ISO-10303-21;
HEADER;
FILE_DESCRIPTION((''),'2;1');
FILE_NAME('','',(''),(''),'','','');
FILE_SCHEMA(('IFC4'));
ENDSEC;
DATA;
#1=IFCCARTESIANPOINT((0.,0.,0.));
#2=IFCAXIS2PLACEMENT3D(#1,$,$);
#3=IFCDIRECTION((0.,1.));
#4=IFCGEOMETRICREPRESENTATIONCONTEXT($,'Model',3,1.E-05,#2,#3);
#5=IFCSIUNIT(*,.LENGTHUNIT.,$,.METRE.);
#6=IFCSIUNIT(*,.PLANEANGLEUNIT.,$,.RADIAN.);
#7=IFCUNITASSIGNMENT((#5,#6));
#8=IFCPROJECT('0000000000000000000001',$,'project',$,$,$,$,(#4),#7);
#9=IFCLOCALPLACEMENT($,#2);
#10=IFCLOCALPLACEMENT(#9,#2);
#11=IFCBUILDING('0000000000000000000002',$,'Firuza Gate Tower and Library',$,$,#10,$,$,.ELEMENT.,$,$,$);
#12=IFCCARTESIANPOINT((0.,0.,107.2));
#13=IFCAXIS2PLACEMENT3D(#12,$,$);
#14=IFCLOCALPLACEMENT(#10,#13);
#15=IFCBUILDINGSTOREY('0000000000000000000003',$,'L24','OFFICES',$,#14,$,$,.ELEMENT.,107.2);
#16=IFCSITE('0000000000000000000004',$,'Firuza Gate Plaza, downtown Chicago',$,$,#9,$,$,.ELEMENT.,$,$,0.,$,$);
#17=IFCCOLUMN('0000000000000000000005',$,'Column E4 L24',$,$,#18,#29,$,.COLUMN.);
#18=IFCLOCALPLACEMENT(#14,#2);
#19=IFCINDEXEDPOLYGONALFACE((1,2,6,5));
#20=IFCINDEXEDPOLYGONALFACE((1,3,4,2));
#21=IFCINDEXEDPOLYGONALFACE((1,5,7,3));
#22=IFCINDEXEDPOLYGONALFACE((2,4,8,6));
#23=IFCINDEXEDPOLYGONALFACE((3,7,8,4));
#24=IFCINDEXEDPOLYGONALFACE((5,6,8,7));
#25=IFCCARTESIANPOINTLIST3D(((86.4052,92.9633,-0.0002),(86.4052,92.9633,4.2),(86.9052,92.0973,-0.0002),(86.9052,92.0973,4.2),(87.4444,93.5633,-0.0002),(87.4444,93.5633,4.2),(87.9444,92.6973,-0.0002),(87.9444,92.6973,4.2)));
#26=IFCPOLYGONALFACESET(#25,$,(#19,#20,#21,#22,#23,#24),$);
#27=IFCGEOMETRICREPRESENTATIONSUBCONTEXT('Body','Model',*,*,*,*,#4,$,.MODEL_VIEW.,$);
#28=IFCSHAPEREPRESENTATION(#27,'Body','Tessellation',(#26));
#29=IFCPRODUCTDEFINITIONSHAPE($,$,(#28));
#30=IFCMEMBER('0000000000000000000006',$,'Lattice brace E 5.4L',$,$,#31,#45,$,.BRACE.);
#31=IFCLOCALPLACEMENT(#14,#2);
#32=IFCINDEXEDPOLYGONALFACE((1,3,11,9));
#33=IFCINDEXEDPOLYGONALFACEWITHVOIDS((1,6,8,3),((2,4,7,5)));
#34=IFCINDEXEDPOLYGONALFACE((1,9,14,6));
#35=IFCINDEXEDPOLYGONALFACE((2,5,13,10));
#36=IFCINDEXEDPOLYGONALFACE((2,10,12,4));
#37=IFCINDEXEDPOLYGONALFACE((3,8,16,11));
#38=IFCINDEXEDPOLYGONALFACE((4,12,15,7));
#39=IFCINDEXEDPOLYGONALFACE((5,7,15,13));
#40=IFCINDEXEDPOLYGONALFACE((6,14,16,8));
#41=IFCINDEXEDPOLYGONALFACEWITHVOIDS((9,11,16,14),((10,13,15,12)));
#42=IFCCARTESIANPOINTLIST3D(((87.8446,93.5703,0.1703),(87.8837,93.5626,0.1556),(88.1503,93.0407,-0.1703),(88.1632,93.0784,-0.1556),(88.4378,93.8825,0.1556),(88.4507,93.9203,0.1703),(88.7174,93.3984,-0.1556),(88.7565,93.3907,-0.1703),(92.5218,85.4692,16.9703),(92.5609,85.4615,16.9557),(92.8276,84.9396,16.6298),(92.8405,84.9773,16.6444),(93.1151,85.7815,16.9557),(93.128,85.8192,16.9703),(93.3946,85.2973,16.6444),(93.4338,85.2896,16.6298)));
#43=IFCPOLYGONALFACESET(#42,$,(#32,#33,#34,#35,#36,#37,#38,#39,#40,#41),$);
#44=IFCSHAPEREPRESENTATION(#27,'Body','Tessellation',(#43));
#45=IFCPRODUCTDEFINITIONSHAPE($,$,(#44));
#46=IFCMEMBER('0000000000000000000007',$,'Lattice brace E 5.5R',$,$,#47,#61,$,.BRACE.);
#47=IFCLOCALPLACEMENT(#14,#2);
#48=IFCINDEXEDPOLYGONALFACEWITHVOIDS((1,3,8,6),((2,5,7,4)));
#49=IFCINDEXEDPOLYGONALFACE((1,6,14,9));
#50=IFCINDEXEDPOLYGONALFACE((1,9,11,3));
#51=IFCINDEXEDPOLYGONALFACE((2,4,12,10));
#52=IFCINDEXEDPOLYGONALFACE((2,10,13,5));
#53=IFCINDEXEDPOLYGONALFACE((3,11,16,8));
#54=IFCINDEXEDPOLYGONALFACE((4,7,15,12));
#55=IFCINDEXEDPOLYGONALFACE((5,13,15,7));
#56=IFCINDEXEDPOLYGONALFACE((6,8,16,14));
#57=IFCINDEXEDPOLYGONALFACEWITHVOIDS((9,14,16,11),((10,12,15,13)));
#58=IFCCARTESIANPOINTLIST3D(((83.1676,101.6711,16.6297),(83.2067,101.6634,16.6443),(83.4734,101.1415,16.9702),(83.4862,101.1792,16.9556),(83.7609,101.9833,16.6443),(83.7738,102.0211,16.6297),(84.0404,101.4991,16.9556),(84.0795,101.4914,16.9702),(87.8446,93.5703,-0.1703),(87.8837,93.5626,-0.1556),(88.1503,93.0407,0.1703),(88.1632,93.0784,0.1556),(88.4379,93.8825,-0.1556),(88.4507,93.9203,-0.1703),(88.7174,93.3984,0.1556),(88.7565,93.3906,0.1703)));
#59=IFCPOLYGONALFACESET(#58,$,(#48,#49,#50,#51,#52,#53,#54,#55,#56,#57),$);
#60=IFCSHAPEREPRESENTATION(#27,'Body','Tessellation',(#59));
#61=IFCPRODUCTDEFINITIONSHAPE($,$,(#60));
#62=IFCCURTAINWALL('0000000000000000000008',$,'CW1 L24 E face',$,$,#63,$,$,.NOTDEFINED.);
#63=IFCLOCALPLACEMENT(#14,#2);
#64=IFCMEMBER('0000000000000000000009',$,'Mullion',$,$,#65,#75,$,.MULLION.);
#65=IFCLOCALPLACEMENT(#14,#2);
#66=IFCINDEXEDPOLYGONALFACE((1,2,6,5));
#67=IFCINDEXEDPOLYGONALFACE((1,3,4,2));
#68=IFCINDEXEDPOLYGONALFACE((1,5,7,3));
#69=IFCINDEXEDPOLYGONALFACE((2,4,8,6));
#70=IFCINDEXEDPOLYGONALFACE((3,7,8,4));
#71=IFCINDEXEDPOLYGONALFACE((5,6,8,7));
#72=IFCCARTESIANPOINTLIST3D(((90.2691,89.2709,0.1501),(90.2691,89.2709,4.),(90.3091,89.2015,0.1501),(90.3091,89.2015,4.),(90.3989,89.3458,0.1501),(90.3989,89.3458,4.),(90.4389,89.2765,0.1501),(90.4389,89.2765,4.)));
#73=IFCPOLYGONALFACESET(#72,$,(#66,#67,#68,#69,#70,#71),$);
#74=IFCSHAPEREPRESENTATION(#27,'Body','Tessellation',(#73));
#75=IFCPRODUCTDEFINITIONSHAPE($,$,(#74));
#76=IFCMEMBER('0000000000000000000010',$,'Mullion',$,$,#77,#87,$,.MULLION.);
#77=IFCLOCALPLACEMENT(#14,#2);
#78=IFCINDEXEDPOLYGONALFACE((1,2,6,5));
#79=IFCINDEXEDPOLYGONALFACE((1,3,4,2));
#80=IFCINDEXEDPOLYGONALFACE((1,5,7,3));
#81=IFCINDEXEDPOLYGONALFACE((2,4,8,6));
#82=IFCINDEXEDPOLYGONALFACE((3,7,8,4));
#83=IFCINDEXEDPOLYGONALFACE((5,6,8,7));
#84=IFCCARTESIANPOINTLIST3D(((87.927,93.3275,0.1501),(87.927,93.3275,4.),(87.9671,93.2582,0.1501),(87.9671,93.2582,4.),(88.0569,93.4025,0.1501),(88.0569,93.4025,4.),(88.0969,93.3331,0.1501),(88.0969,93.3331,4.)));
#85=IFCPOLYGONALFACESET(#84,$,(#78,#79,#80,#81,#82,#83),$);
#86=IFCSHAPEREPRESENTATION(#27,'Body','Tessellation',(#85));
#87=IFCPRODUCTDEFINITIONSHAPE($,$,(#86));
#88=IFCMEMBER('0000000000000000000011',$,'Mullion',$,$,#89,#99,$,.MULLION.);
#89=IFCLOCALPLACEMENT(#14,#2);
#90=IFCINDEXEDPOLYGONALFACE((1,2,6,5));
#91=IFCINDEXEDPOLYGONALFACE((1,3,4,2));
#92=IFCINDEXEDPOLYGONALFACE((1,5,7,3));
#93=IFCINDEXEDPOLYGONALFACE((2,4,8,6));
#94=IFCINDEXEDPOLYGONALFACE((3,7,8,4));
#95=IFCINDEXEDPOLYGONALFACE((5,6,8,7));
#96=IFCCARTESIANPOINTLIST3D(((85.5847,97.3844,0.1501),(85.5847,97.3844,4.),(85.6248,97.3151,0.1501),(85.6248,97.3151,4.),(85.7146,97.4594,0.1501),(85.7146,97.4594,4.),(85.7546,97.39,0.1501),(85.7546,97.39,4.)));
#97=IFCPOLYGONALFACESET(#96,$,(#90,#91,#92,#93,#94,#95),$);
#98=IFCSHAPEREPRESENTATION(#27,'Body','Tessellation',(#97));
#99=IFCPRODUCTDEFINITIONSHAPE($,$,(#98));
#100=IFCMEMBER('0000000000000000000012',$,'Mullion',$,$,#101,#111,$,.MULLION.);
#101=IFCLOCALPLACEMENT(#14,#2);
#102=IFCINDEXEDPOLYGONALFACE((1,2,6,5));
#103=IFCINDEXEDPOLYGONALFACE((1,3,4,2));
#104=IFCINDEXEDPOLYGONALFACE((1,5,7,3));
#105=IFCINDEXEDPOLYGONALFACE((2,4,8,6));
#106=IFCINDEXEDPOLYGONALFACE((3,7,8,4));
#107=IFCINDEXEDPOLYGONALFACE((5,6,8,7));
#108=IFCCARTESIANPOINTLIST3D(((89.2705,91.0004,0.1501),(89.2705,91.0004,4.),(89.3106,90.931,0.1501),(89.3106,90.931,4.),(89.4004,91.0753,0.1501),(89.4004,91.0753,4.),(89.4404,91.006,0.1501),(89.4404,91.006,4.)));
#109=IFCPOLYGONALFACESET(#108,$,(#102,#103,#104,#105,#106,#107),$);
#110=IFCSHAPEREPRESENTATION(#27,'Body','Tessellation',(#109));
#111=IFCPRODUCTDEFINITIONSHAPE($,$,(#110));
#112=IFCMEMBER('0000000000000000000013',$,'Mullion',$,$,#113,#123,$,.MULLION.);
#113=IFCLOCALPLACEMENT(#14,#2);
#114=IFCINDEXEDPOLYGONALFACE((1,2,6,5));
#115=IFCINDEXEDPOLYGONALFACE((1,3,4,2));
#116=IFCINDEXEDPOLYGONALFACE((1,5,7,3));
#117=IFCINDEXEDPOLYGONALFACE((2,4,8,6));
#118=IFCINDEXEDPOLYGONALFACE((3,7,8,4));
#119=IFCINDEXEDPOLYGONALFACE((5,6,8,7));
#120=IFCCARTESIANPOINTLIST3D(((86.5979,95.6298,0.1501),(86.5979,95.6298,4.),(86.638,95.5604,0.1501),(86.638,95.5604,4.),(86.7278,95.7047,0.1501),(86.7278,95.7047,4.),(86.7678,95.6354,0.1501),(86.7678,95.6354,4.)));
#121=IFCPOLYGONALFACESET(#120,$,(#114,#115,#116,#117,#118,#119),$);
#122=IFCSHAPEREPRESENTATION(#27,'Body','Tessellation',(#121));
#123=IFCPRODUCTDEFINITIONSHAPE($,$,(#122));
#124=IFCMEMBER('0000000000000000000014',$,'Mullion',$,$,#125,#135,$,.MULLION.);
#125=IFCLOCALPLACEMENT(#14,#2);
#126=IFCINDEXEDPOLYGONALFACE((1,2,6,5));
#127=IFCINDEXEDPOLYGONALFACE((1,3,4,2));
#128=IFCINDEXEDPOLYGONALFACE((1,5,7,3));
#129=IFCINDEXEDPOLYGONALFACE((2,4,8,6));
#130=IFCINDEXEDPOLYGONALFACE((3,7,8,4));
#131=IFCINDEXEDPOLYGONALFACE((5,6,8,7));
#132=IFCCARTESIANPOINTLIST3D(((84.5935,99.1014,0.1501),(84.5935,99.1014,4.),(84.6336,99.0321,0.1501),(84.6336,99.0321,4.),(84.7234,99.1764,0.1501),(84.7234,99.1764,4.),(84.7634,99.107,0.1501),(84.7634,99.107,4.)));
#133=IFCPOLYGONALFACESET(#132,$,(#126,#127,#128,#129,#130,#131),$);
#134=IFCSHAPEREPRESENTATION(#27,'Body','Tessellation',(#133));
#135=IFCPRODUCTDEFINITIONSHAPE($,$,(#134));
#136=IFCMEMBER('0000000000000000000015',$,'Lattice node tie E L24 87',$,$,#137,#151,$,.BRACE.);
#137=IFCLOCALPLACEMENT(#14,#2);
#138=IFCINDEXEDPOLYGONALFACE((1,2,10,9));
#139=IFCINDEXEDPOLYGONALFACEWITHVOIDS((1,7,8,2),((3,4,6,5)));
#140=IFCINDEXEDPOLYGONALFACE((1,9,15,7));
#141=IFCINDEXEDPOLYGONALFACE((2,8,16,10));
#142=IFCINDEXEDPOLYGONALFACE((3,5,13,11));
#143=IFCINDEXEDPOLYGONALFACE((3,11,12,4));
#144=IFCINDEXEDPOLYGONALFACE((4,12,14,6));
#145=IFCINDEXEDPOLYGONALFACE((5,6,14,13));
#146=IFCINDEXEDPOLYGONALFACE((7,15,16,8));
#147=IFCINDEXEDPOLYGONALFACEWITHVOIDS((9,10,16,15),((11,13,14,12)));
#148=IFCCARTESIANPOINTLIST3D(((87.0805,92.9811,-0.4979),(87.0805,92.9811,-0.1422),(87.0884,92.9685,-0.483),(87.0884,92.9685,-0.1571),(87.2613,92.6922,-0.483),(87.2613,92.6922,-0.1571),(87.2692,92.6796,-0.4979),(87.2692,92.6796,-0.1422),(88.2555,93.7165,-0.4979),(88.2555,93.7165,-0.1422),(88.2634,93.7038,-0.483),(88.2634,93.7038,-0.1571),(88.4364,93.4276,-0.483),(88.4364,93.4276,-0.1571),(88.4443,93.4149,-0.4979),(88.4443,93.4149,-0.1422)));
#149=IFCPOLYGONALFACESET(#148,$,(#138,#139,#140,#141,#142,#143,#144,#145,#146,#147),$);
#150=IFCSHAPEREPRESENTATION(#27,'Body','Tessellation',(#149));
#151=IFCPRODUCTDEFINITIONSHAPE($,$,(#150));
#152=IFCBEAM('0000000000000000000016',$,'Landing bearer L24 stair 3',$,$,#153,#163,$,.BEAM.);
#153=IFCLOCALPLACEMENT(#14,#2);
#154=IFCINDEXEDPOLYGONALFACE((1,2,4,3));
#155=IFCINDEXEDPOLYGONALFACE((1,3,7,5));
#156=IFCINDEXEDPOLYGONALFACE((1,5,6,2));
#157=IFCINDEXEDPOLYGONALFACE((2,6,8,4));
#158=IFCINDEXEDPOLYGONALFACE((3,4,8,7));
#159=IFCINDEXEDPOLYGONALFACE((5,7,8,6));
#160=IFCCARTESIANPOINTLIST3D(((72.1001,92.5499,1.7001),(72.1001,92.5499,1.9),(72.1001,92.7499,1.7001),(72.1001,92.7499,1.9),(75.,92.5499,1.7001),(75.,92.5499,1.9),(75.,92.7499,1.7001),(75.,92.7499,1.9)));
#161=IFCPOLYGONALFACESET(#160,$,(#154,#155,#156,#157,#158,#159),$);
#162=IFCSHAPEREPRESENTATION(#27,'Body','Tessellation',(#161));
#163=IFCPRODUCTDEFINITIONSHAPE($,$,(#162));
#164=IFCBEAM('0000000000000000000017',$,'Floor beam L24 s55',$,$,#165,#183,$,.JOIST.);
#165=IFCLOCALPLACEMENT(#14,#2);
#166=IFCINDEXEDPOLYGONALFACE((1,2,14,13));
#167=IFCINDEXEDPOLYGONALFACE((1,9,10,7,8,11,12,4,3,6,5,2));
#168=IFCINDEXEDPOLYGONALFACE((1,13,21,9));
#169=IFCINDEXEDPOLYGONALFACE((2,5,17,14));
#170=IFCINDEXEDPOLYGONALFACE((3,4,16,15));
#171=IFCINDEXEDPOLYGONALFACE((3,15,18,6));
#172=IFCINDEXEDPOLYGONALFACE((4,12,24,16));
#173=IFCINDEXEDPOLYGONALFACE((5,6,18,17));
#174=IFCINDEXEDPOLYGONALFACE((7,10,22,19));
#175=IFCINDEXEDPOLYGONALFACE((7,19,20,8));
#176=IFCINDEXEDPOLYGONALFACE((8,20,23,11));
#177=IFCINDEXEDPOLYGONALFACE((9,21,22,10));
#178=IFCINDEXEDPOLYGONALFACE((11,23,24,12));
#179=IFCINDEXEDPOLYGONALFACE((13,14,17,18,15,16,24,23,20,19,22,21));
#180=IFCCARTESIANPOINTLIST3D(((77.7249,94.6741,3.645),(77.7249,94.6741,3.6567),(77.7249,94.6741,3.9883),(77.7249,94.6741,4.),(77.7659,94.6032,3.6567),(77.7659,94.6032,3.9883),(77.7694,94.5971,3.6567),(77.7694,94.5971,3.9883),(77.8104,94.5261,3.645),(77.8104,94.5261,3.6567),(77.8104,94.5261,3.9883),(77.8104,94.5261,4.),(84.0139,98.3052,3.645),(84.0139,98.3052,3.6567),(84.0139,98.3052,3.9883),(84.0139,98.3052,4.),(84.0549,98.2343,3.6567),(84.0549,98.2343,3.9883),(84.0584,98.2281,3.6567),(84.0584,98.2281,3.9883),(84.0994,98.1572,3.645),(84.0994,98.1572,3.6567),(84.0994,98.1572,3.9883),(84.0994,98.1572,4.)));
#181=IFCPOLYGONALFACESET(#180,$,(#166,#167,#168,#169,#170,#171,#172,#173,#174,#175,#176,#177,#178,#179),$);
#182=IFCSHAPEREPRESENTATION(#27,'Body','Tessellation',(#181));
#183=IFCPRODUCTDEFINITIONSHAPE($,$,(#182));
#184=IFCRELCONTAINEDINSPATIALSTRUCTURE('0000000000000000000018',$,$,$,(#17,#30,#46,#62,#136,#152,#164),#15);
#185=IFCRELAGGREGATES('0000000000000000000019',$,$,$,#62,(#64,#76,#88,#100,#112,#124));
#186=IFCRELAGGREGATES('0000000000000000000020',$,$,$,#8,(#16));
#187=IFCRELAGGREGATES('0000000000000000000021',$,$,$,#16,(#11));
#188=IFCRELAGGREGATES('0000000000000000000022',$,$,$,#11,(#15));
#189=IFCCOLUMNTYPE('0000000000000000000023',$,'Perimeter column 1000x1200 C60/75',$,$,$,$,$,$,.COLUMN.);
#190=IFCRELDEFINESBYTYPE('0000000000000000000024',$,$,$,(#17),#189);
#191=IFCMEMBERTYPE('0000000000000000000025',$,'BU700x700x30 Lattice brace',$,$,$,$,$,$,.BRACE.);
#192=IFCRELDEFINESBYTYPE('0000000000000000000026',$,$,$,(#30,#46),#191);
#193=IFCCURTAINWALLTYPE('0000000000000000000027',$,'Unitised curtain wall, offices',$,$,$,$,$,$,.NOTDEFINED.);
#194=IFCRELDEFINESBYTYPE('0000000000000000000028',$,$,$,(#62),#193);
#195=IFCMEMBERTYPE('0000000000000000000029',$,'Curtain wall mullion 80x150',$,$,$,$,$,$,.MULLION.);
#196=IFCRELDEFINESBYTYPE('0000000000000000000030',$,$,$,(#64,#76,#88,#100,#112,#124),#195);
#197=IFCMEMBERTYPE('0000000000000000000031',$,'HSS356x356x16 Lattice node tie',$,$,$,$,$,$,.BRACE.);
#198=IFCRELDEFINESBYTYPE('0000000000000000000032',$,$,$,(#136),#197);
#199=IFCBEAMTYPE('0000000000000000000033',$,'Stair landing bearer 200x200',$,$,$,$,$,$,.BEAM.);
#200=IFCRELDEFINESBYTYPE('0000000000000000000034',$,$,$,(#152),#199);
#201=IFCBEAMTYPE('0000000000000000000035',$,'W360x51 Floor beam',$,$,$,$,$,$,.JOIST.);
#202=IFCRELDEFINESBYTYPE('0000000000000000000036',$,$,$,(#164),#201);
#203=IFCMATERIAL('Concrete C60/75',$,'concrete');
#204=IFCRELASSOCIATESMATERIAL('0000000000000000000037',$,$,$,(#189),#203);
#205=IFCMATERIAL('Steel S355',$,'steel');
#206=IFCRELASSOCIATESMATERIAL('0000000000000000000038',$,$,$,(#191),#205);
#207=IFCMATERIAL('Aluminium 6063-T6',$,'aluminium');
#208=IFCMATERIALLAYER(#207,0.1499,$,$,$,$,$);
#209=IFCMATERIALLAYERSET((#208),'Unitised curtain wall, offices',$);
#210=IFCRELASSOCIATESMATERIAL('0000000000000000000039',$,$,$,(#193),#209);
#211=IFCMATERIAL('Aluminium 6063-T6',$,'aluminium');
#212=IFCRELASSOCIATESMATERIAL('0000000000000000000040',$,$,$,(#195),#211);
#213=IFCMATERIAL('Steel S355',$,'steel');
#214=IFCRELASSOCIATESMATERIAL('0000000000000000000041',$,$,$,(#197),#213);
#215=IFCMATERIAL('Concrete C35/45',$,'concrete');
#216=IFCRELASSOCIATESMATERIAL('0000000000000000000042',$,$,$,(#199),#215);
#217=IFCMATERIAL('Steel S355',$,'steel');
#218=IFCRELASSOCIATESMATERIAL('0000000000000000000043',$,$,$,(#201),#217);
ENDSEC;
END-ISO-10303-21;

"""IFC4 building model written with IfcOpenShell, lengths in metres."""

from ifc_helpers import new_model, si_unit, direction, frame, origin, origin_2d, place, context, subcontext, project, spatial, rectangle, hollow_rectangle, i_section, extrude, material, layer, layer_set, material_profile, profile_set, type_object, element, aggregate, save


model = new_model("IFC4")

# Units and contexts
model_context = context("Model", 3, precision=1e-05, world=origin(), true_north=direction((0.0, 1.0)))
body_context = subcontext(model_context, "Body", "Model", "MODEL_VIEW")
ifc_project = project(units=[si_unit("LENGTHUNIT", "METRE"), si_unit("PLANEANGLEUNIT", "RADIAN")], contexts=[model_context])

# Site, building, storey
site_placement = place(None, origin())
site = spatial("IfcSite", under=ifc_project, at=site_placement, Name="Firuza Gate Plaza, downtown Chicago", CompositionType="ELEMENT", RefElevation=0.0)
building_placement = place(site_placement, origin())
building = spatial("IfcBuilding", under=site, at=building_placement, Name="Firuza Gate Tower and Library", CompositionType="ELEMENT")
storey_placement = place(building_placement, frame((0.0, 0.0, 107.2)))
storey = spatial("IfcBuildingStorey", under=building, at=storey_placement, Name="L24", Description="OFFICES", CompositionType="ELEMENT", Elevation=107.2)

# Column
ifc_material_1 = material(Name="Concrete C60/75", Category="concrete")
ifc_material_profile_1 = material_profile(ifc_material_1, rectangle(XDim=1.0, YDim=1.2, at=origin_2d()))
ifc_profile_set_1 = profile_set([ifc_material_profile_1], Name="Concrete C60/75")
column_type = type_object("IfcColumnType", Name="Perimeter column 1000x1200 C60/75", PredefinedType="COLUMN", material=ifc_profile_set_1)
column_placement = place(storey_placement, frame((87.1748, 92.8303, -0.0002), z_axis=(0.0, 0.0, 1.0), x_axis=(-0.5, 0.866025, 0.0)))
element("IfcColumn", 1, at=column_placement, inside=storey, type_object=column_type, Name="Column E4 L24", PredefinedType="COLUMN", context=body_context, shape_type="SweptSolid", body=[
    extrude(rectangle(XDim=1.0, YDim=1.2, at=origin_2d()), origin(), (0.0, 0.0, 1.0), 4.2002),
])

# Members
ifc_material_2 = material(Name="Steel S355", Category="steel")
ifc_material_profile_2 = material_profile(ifc_material_2, hollow_rectangle(XDim=0.7, YDim=0.7, WallThickness=0.03, at=origin_2d()))
ifc_profile_set_2 = profile_set([ifc_material_profile_2], Name="Steel S355")
member_type_1 = type_object("IfcMemberType", Name="BU700x700x30 Lattice brace", PredefinedType="BRACE", material=ifc_profile_set_2)
member_1_placement = place(storey_placement, frame((88.3005, 93.4805, 0.0), z_axis=(0.243242, -0.4213, 0.873693), x_axis=(0.866021, 0.500007, 0.0)))
element("IfcMember", 2, at=member_1_placement, inside=storey, type_object=member_type_1, Name="Lattice brace E 5.4L", PredefinedType="BRACE", context=body_context, shape_type="SweptSolid", body=[
    extrude(hollow_rectangle(XDim=0.7, YDim=0.7, WallThickness=0.03, at=origin_2d()), origin(), (0.0, 0.0, 1.0), 19.2288),
])
member_2_placement = place(storey_placement, frame((88.3005, 93.4805, 0.0), z_axis=(-0.243231, 0.42129, 0.873701), x_axis=(-0.866026, -0.499999, 0.0)))
element("IfcMember", 3, at=member_2_placement, inside=storey, type_object=member_type_1, Name="Lattice brace E 5.5R", PredefinedType="BRACE", context=body_context, shape_type="SweptSolid", body=[
    extrude(hollow_rectangle(XDim=0.7, YDim=0.7, WallThickness=0.03, at=origin_2d()), origin(), (0.0, 0.0, 1.0), 19.2285),
])

# Curtain wall, members
ifc_material_3 = material(Name="Aluminium 6063-T6", Category="aluminium")
ifc_layer_1 = layer(ifc_material_3, 0.1499)
ifc_layer_set_1 = layer_set([ifc_layer_1], Name="Unitised curtain wall, offices")
curtain_wall_type = type_object("IfcCurtainWallType", Name="Unitised curtain wall, offices", PredefinedType="NOTDEFINED", material=ifc_layer_set_1)
curtain_wall_placement = place(storey_placement, origin())
curtain_wall = element("IfcCurtainWall", 4, at=curtain_wall_placement, inside=storey, type_object=curtain_wall_type, Name="CW1 L24 E face", PredefinedType="NOTDEFINED")
ifc_material_4 = material(Name="Aluminium 6063-T6", Category="aluminium")
ifc_material_profile_3 = material_profile(ifc_material_4, rectangle(XDim=0.1499, YDim=0.0801, at=origin_2d()))
ifc_profile_set_3 = profile_set([ifc_material_profile_3], Name="Aluminium 6063-T6")
member_type_2 = type_object("IfcMemberType", Name="Curtain wall mullion 80x150", PredefinedType="MULLION", material=ifc_profile_set_3)
member_3_placement = place(storey_placement, frame((90.354, 89.2737, 0.1501), z_axis=(0.0, 0.0, 1.0), x_axis=(-0.866025, -0.5, 0.0)))
member_3 = element("IfcMember", 5, at=member_3_placement, type_object=member_type_2, Name="Mullion", PredefinedType="MULLION", context=body_context, shape_type="SweptSolid", body=[
    extrude(rectangle(XDim=0.1499, YDim=0.0801, at=origin_2d()), origin(), (0.0, 0.0, 1.0), 3.8499),
])
member_4_placement = place(storey_placement, frame((88.012, 93.3303, 0.1501), z_axis=(0.0, 0.0, 1.0), x_axis=(-0.866025, -0.5, 0.0)))
member_4 = element("IfcMember", 6, at=member_4_placement, type_object=member_type_2, Name="Mullion", PredefinedType="MULLION", context=body_context, shape_type="SweptSolid", body=[
    extrude(rectangle(XDim=0.1499, YDim=0.0801, at=origin_2d()), origin(), (0.0, 0.0, 1.0), 3.8499),
])
member_5_placement = place(storey_placement, frame((85.6697, 97.3872, 0.1501), z_axis=(0.0, 0.0, 1.0), x_axis=(-0.866025, -0.5, 0.0)))
member_5 = element("IfcMember", 7, at=member_5_placement, type_object=member_type_2, Name="Mullion", PredefinedType="MULLION", context=body_context, shape_type="SweptSolid", body=[
    extrude(rectangle(XDim=0.1499, YDim=0.0801, at=origin_2d()), origin(), (0.0, 0.0, 1.0), 3.8499),
])
member_6_placement = place(storey_placement, frame((89.3555, 91.0032, 0.1501), z_axis=(0.0, 0.0, 1.0), x_axis=(-0.866025, -0.5, 0.0)))
member_6 = element("IfcMember", 8, at=member_6_placement, type_object=member_type_2, Name="Mullion", PredefinedType="MULLION", context=body_context, shape_type="SweptSolid", body=[
    extrude(rectangle(XDim=0.1499, YDim=0.0801, at=origin_2d()), origin(), (0.0, 0.0, 1.0), 3.8499),
])
member_7_placement = place(storey_placement, frame((86.6829, 95.6326, 0.1501), z_axis=(0.0, 0.0, 1.0), x_axis=(-0.866025, -0.5, 0.0)))
member_7 = element("IfcMember", 9, at=member_7_placement, type_object=member_type_2, Name="Mullion", PredefinedType="MULLION", context=body_context, shape_type="SweptSolid", body=[
    extrude(rectangle(XDim=0.1499, YDim=0.0801, at=origin_2d()), origin(), (0.0, 0.0, 1.0), 3.8499),
])
member_8_placement = place(storey_placement, frame((84.6785, 99.1042, 0.1501), z_axis=(0.0, 0.0, 1.0), x_axis=(-0.866025, -0.5, 0.0)))
member_8 = element("IfcMember", 10, at=member_8_placement, type_object=member_type_2, Name="Mullion", PredefinedType="MULLION", context=body_context, shape_type="SweptSolid", body=[
    extrude(rectangle(XDim=0.1499, YDim=0.0801, at=origin_2d()), origin(), (0.0, 0.0, 1.0), 3.8499),
])

# Member
ifc_material_5 = material(Name="Steel S355", Category="steel")
ifc_material_profile_4 = material_profile(ifc_material_5, hollow_rectangle(XDim=0.3557, YDim=0.3557, WallThickness=0.0149, at=origin_2d()))
ifc_profile_set_4 = profile_set([ifc_material_profile_4], Name="Steel S355")
member_type_3 = type_object("IfcMemberType", Name="HSS356x356x16 Lattice node tie", PredefinedType="BRACE", material=ifc_profile_set_4)
member_9_placement = place(storey_placement, frame((87.1748, 92.8303, -0.3201), z_axis=(0.847691, 0.53049, 0.0), x_axis=(-0.53049, 0.847691, 0.0)))
element("IfcMember", 11, at=member_9_placement, inside=storey, type_object=member_type_3, Name="Lattice node tie E L24 87", PredefinedType="BRACE", context=body_context, shape_type="SweptSolid", body=[
    extrude(hollow_rectangle(XDim=0.3557, YDim=0.3557, WallThickness=0.0149, at=origin_2d()), origin(), (0.0, 0.0, 1.0), 1.3862),
])

# Beams
ifc_material_6 = material(Name="Concrete C35/45", Category="concrete")
ifc_material_profile_5 = material_profile(ifc_material_6, rectangle(XDim=0.2, YDim=0.2, at=origin_2d()))
ifc_profile_set_5 = profile_set([ifc_material_profile_5], Name="Concrete C35/45")
beam_type_1 = type_object("IfcBeamType", Name="Stair landing bearer 200x200", PredefinedType="BEAM", material=ifc_profile_set_5)
beam_1_placement = place(storey_placement, frame((75.0, 92.6499, 1.8), z_axis=(-1.0, 0.0, 0.0), x_axis=(0.0, -1.0, 0.0)))
element("IfcBeam", 12, at=beam_1_placement, inside=storey, type_object=beam_type_1, Name="Landing bearer L24 stair 3", PredefinedType="BEAM", context=body_context, shape_type="SweptSolid", body=[
    extrude(rectangle(XDim=0.2, YDim=0.2, at=origin_2d()), origin(), (0.0, 0.0, 1.0), 2.8999),
])
ifc_material_7 = material(Name="Steel S355", Category="steel")
ifc_material_profile_6 = material_profile(ifc_material_7, i_section(OverallWidth=0.1709, OverallDepth=0.355, WebThickness=0.0071, FlangeThickness=0.0117, at=origin_2d()))
ifc_profile_set_6 = profile_set([ifc_material_profile_6], Name="Steel S355")
beam_type_2 = type_object("IfcBeamType", Name="W360x51 Floor beam", PredefinedType="JOIST", material=ifc_profile_set_6)
beam_2_placement = place(storey_placement, frame((84.0566, 98.2312, 3.8225), z_axis=(-0.866019, -0.500012, 0.0), x_axis=(0.500012, -0.866019, 0.0)))
element("IfcBeam", 13, at=beam_2_placement, inside=storey, type_object=beam_type_2, Name="Floor beam L24 s55", PredefinedType="JOIST", context=body_context, shape_type="SweptSolid", body=[
    extrude(i_section(OverallWidth=0.1709, OverallDepth=0.355, WebThickness=0.0071, FlangeThickness=0.0117, at=origin_2d()), origin(), (0.0, 0.0, 1.0), 7.262),
])

aggregate(curtain_wall, [member_3, member_4, member_5, member_6, member_7, member_8])

save(model, "model.ifc")
